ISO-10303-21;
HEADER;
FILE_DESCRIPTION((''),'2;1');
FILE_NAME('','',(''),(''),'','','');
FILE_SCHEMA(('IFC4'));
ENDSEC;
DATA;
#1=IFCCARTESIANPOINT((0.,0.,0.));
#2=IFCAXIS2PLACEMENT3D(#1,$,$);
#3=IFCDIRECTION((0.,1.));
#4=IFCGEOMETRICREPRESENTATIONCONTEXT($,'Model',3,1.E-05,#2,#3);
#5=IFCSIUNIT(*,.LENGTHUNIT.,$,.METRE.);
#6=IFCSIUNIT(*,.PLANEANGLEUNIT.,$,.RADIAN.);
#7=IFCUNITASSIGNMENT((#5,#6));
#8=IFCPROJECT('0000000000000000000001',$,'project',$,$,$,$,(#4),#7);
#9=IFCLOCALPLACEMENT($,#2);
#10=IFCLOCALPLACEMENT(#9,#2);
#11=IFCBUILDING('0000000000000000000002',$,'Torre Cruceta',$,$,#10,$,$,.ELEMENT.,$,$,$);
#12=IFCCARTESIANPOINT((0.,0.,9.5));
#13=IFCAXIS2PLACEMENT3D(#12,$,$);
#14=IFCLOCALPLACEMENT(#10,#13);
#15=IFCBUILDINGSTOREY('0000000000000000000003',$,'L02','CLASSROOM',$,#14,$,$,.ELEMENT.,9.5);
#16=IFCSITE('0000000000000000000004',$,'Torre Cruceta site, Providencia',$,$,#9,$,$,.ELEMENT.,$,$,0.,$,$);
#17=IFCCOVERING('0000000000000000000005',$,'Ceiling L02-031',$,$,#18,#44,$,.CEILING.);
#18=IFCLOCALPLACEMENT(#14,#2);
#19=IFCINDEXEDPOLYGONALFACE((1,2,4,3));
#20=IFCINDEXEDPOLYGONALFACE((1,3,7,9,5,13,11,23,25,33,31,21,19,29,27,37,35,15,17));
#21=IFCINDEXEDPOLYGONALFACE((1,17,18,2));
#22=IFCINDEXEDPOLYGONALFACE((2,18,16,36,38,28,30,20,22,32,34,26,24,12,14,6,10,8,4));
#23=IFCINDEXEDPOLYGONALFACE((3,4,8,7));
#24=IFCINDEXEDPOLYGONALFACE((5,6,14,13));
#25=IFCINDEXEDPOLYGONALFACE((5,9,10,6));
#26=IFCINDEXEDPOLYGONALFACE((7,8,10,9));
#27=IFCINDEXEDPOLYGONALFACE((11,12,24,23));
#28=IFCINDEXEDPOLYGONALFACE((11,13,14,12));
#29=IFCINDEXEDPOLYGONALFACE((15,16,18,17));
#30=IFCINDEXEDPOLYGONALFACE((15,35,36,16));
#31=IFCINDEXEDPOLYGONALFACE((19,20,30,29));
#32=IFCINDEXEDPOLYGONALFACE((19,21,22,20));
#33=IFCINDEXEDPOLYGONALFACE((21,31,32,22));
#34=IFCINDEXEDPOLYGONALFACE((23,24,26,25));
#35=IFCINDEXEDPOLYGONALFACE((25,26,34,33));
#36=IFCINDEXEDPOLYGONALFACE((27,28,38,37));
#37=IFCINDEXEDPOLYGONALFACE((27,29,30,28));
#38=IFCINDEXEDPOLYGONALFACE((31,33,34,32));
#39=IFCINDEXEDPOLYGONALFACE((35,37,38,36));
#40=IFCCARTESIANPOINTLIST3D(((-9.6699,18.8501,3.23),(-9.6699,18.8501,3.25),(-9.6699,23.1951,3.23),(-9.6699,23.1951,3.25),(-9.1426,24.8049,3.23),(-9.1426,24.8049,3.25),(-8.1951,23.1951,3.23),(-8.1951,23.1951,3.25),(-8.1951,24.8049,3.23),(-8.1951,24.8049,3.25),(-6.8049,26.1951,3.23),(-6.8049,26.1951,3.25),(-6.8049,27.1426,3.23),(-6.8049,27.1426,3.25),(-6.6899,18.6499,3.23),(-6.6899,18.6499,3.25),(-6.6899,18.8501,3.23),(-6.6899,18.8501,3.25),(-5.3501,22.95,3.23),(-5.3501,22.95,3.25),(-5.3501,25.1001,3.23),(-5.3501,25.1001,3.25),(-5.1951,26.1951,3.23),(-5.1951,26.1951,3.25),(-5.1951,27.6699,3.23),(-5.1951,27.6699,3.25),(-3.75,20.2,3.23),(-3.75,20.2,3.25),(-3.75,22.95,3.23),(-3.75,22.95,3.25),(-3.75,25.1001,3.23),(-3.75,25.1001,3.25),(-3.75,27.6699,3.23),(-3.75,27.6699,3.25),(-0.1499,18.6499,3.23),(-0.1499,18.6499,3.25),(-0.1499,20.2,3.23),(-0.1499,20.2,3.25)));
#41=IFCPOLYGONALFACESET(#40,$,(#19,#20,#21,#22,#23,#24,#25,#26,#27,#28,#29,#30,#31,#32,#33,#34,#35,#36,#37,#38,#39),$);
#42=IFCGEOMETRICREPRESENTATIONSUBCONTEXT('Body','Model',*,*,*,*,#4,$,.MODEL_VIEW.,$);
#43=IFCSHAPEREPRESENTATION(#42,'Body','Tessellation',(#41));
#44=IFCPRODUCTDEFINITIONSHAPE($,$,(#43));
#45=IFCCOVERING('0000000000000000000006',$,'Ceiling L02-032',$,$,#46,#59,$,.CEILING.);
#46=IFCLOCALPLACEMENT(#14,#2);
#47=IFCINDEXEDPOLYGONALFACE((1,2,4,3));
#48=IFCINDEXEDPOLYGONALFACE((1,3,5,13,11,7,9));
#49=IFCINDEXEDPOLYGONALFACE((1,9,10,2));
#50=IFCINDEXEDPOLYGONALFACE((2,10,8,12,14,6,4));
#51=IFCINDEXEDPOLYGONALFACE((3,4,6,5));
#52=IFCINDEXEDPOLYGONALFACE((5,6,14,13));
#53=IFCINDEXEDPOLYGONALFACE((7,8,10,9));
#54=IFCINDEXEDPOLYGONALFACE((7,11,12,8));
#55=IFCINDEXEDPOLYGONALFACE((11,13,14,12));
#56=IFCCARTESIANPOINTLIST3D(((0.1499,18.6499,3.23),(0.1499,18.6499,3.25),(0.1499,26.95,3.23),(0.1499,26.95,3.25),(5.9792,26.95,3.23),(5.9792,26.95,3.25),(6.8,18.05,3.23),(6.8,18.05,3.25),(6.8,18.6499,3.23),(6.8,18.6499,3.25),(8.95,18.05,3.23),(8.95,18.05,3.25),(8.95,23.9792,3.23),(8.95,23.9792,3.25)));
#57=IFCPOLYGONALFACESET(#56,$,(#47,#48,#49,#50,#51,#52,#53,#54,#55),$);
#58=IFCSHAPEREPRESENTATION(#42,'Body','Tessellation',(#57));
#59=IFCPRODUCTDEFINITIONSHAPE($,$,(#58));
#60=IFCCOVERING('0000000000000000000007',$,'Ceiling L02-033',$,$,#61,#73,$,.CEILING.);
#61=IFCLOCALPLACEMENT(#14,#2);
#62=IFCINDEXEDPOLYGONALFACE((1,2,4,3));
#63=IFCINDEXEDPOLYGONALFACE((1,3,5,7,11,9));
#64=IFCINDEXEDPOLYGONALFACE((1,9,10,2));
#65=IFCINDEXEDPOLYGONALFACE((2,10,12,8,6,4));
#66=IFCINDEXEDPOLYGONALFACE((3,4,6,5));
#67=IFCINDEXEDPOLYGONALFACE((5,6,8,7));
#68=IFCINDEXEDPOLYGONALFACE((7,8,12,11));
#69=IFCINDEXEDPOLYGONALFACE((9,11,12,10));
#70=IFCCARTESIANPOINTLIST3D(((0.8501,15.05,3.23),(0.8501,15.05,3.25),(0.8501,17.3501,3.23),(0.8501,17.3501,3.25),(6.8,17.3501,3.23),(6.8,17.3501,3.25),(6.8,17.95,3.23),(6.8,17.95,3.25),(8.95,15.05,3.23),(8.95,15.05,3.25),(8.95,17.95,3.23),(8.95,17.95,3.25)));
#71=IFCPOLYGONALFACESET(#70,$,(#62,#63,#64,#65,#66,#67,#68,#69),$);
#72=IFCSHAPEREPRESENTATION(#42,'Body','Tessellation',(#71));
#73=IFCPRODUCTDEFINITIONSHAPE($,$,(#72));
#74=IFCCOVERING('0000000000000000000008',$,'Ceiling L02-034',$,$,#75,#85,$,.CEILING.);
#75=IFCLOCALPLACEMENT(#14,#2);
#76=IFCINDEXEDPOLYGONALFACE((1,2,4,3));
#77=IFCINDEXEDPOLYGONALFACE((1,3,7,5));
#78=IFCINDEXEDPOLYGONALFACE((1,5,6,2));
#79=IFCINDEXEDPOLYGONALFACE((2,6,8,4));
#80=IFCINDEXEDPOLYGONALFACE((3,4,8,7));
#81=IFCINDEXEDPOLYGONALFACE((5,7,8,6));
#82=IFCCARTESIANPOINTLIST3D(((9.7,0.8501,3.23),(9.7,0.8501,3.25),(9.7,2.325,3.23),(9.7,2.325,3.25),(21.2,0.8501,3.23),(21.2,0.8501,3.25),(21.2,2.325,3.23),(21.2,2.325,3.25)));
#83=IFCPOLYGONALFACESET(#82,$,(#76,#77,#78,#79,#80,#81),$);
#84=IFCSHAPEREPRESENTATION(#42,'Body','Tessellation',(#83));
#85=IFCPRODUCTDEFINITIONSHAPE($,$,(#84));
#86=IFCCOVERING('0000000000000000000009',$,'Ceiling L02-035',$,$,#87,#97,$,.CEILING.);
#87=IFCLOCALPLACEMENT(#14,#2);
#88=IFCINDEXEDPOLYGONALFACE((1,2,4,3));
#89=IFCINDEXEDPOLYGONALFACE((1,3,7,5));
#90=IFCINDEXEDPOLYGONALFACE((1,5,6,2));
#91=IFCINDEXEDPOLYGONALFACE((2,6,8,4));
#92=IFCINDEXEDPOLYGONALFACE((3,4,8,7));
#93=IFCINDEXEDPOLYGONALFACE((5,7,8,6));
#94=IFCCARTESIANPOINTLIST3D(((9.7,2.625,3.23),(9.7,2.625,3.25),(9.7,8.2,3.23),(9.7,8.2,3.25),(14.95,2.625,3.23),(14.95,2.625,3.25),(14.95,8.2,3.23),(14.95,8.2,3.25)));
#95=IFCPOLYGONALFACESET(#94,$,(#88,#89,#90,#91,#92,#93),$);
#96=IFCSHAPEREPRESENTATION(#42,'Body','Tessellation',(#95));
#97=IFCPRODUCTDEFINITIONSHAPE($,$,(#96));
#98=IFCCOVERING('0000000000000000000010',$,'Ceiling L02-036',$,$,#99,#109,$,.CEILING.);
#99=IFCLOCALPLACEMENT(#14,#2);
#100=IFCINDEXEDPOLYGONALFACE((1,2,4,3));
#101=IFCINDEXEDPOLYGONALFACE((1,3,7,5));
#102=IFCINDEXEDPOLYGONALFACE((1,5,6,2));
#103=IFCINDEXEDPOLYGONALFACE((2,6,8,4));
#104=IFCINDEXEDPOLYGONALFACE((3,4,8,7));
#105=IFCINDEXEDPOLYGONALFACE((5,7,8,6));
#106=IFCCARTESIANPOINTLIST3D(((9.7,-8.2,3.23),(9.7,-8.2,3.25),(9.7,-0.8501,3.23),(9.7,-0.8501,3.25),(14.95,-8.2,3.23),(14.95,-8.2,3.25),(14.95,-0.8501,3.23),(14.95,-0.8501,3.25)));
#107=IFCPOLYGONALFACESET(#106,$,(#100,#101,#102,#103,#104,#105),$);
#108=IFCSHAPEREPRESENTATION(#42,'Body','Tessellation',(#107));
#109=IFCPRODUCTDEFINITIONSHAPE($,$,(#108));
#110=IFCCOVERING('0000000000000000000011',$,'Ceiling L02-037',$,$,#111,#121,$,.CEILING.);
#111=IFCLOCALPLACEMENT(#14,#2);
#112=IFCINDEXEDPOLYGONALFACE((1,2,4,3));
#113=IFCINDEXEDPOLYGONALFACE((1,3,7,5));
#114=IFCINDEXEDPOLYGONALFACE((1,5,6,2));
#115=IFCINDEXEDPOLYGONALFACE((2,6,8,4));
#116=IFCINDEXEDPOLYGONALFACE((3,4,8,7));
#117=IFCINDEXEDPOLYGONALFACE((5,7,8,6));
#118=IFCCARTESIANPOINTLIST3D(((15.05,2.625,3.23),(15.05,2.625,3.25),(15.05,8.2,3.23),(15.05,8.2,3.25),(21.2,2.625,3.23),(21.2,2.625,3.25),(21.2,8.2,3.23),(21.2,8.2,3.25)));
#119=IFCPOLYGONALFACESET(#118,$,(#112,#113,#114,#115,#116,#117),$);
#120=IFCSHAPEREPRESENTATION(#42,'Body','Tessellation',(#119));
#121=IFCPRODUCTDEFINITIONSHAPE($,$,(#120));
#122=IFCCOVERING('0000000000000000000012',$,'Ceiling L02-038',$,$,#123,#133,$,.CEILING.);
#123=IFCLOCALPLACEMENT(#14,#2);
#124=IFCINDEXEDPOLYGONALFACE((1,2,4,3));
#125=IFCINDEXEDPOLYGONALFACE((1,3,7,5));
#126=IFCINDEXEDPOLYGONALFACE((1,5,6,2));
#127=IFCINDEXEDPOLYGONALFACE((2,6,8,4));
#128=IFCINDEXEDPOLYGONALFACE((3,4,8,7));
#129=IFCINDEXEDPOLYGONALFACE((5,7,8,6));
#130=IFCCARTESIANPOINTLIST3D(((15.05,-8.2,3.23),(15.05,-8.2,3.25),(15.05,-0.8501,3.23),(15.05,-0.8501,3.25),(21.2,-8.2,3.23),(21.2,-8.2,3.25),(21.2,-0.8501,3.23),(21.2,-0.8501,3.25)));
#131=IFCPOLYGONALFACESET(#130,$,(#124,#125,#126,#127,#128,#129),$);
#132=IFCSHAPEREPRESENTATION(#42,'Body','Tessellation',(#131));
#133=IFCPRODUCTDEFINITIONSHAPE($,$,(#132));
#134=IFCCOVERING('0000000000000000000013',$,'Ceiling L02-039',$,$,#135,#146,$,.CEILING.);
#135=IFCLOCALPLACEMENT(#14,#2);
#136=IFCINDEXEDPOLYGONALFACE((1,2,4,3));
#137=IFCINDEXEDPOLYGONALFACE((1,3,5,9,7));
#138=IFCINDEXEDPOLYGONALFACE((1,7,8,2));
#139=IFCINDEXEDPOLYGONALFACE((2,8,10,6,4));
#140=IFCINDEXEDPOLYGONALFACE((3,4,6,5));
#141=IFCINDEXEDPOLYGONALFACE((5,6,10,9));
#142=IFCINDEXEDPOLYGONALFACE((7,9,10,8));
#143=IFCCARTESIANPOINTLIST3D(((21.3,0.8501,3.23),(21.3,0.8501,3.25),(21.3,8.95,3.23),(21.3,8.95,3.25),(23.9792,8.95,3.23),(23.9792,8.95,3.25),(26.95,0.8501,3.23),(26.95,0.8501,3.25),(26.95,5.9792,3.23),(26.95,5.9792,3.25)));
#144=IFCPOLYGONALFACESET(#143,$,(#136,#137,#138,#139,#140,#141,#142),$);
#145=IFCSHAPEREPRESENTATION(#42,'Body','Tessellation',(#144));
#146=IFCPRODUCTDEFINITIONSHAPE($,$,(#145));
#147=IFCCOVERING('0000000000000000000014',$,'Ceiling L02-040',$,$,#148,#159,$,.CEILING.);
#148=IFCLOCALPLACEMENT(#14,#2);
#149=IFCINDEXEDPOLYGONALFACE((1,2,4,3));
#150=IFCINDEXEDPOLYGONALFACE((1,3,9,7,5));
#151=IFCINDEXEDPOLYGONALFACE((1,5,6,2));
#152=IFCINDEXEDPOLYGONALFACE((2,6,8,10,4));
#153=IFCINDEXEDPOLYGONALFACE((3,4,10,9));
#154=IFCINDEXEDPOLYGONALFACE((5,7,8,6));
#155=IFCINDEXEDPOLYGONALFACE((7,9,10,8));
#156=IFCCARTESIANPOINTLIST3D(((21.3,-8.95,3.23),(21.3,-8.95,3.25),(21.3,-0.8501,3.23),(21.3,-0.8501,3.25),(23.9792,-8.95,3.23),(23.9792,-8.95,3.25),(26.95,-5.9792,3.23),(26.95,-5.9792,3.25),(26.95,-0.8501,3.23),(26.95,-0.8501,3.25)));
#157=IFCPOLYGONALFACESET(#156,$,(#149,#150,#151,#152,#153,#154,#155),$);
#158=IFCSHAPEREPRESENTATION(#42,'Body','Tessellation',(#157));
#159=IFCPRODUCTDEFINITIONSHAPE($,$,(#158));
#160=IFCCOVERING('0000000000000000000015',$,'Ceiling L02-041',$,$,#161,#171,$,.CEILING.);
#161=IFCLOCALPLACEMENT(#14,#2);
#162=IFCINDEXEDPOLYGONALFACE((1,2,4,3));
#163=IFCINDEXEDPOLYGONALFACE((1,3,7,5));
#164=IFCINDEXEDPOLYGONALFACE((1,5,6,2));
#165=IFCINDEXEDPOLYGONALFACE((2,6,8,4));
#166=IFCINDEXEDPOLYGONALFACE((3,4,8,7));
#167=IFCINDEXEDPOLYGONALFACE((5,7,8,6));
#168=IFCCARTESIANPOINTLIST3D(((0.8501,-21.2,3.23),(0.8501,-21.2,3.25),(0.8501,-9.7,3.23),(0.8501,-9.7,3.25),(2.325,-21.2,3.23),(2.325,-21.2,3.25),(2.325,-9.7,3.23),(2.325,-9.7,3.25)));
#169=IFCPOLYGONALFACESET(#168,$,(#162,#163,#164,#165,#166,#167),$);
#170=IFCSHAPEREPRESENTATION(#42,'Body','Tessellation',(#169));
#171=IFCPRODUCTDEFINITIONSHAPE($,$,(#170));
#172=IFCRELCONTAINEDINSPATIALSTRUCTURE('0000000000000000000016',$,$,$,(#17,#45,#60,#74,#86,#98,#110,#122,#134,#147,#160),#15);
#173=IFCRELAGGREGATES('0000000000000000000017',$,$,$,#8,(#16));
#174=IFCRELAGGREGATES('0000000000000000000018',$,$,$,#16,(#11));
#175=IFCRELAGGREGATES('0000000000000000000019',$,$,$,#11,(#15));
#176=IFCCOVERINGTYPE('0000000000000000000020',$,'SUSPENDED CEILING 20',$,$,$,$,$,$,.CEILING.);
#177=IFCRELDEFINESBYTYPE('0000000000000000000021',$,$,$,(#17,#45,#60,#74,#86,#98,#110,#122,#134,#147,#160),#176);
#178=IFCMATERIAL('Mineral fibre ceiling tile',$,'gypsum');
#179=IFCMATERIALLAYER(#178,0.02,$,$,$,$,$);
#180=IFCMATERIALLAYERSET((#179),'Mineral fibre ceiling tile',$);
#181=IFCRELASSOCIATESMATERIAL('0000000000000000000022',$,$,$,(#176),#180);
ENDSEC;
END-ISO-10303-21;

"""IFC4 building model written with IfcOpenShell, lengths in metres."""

from ifc_helpers import new_model, si_unit, direction, frame, origin, place, context, subcontext, project, spatial, polyline, outline, extrude, material, layer, layer_set, type_object, element, save


model = new_model("IFC4")

# Units and contexts
model_context = context("Model", 3, precision=1e-05, world=origin(), true_north=direction((0.0, 1.0)))
body_context = subcontext(model_context, "Body", "Model", "MODEL_VIEW")
ifc_project = project(units=[si_unit("LENGTHUNIT", "METRE"), si_unit("PLANEANGLEUNIT", "RADIAN")], contexts=[model_context])

# Site, building, storey
site_placement = place(None, origin())
site = spatial("IfcSite", under=ifc_project, at=site_placement, Name="Torre Cruceta site, Providencia", CompositionType="ELEMENT", RefElevation=0.0)
building_placement = place(site_placement, origin())
building = spatial("IfcBuilding", under=site, at=building_placement, Name="Torre Cruceta", CompositionType="ELEMENT")
storey_placement = place(building_placement, frame((0.0, 0.0, 9.5)))
storey = spatial("IfcBuildingStorey", under=building, at=storey_placement, Name="L02", Description="CLASSROOM", CompositionType="ELEMENT", Elevation=9.5)

# Coverings
ifc_material_1 = material(Name="Mineral fibre ceiling tile", Category="gypsum")
ifc_layer_1 = layer(ifc_material_1, 0.02)
ifc_layer_set_1 = layer_set([ifc_layer_1], Name="Mineral fibre ceiling tile")
covering_type = type_object("IfcCoveringType", Name="SUSPENDED CEILING 20", PredefinedType="CEILING", material=ifc_layer_set_1)
covering_1_placement = place(storey_placement, frame((0.0, 0.0, 3.23)))
element("IfcCovering", 1, at=covering_1_placement, inside=storey, type_object=covering_type, Name="Ceiling L02-031", PredefinedType="CEILING", context=body_context, shape_type="SweptSolid", body=[
    extrude(outline(polyline([(-9.6699, 23.1951), (-8.1951, 23.1951), (-8.1951, 24.8049), (-9.1426, 24.8049), (-6.8049, 27.1426), (-6.8049, 26.1951), (-5.1951, 26.1951), (-5.1951, 27.6699), (-3.75, 27.6699), (-3.75, 25.1001), (-5.3501, 25.1001), (-5.3501, 22.95), (-3.75, 22.95), (-3.75, 20.2), (-0.1499, 20.2), (-0.1499, 18.6499), (-6.6899, 18.6499), (-6.6899, 18.8501), (-9.6699, 18.8501), (-9.6699, 23.1951)])), origin(), (0.0, 0.0, 1.0), 0.02),
])
covering_2_placement = place(storey_placement, frame((0.0, 0.0, 3.23)))
element("IfcCovering", 2, at=covering_2_placement, inside=storey, type_object=covering_type, Name="Ceiling L02-032", PredefinedType="CEILING", context=body_context, shape_type="SweptSolid", body=[
    extrude(outline(polyline([(6.8, 18.05), (6.8, 18.6499), (0.1499, 18.6499), (0.1499, 26.95), (5.9792, 26.95), (8.95, 23.9792), (8.95, 18.05), (6.8, 18.05)])), origin(), (0.0, 0.0, 1.0), 0.02),
])
covering_3_placement = place(storey_placement, frame((0.0, 0.0, 3.23)))
element("IfcCovering", 3, at=covering_3_placement, inside=storey, type_object=covering_type, Name="Ceiling L02-033", PredefinedType="CEILING", context=body_context, shape_type="SweptSolid", body=[
    extrude(outline(polyline([(0.8501, 15.05), (0.8501, 17.3501), (6.8, 17.3501), (6.8, 17.95), (8.95, 17.95), (8.95, 15.05), (0.8501, 15.05)])), origin(), (0.0, 0.0, 1.0), 0.02),
])
covering_4_placement = place(storey_placement, frame((0.0, 0.0, 3.23)))
element("IfcCovering", 4, at=covering_4_placement, inside=storey, type_object=covering_type, Name="Ceiling L02-034", PredefinedType="CEILING", context=body_context, shape_type="SweptSolid", body=[
    extrude(outline(polyline([(9.7, 0.8501), (9.7, 2.325), (21.2, 2.325), (21.2, 0.8501), (9.7, 0.8501)])), origin(), (0.0, 0.0, 1.0), 0.02),
])
covering_5_placement = place(storey_placement, frame((0.0, 0.0, 3.23)))
element("IfcCovering", 5, at=covering_5_placement, inside=storey, type_object=covering_type, Name="Ceiling L02-035", PredefinedType="CEILING", context=body_context, shape_type="SweptSolid", body=[
    extrude(outline(polyline([(9.7, 2.625), (9.7, 8.2), (14.95, 8.2), (14.95, 2.625), (9.7, 2.625)])), origin(), (0.0, 0.0, 1.0), 0.02),
])
covering_6_placement = place(storey_placement, frame((0.0, 0.0, 3.23)))
element("IfcCovering", 6, at=covering_6_placement, inside=storey, type_object=covering_type, Name="Ceiling L02-036", PredefinedType="CEILING", context=body_context, shape_type="SweptSolid", body=[
    extrude(outline(polyline([(9.7, -8.2), (9.7, -0.8501), (14.95, -0.8501), (14.95, -8.2), (9.7, -8.2)])), origin(), (0.0, 0.0, 1.0), 0.02),
])
covering_7_placement = place(storey_placement, frame((0.0, 0.0, 3.23)))
element("IfcCovering", 7, at=covering_7_placement, inside=storey, type_object=covering_type, Name="Ceiling L02-037", PredefinedType="CEILING", context=body_context, shape_type="SweptSolid", body=[
    extrude(outline(polyline([(15.05, 2.625), (15.05, 8.2), (21.2, 8.2), (21.2, 2.625), (15.05, 2.625)])), origin(), (0.0, 0.0, 1.0), 0.02),
])
covering_8_placement = place(storey_placement, frame((0.0, 0.0, 3.23)))
element("IfcCovering", 8, at=covering_8_placement, inside=storey, type_object=covering_type, Name="Ceiling L02-038", PredefinedType="CEILING", context=body_context, shape_type="SweptSolid", body=[
    extrude(outline(polyline([(15.05, -8.2), (15.05, -0.8501), (21.2, -0.8501), (21.2, -8.2), (15.05, -8.2)])), origin(), (0.0, 0.0, 1.0), 0.02),
])
covering_9_placement = place(storey_placement, frame((0.0, 0.0, 3.23)))
element("IfcCovering", 9, at=covering_9_placement, inside=storey, type_object=covering_type, Name="Ceiling L02-039", PredefinedType="CEILING", context=body_context, shape_type="SweptSolid", body=[
    extrude(outline(polyline([(21.3, 8.95), (23.9792, 8.95), (26.95, 5.9792), (26.95, 0.8501), (21.3, 0.8501), (21.3, 8.95)])), origin(), (0.0, 0.0, 1.0), 0.02),
])
covering_10_placement = place(storey_placement, frame((0.0, 0.0, 3.23)))
element("IfcCovering", 10, at=covering_10_placement, inside=storey, type_object=covering_type, Name="Ceiling L02-040", PredefinedType="CEILING", context=body_context, shape_type="SweptSolid", body=[
    extrude(outline(polyline([(26.95, -5.9792), (23.9792, -8.95), (21.3, -8.95), (21.3, -0.8501), (26.95, -0.8501), (26.95, -5.9792)])), origin(), (0.0, 0.0, 1.0), 0.02),
])
covering_11_placement = place(storey_placement, frame((0.0, 0.0, 3.23)))
element("IfcCovering", 11, at=covering_11_placement, inside=storey, type_object=covering_type, Name="Ceiling L02-041", PredefinedType="CEILING", context=body_context, shape_type="SweptSolid", body=[
    extrude(outline(polyline([(0.8501, -9.7), (2.325, -9.7), (2.325, -21.2), (0.8501, -21.2), (0.8501, -9.7)])), origin(), (0.0, 0.0, 1.0), 0.02),
])

save(model, "model.ifc")
